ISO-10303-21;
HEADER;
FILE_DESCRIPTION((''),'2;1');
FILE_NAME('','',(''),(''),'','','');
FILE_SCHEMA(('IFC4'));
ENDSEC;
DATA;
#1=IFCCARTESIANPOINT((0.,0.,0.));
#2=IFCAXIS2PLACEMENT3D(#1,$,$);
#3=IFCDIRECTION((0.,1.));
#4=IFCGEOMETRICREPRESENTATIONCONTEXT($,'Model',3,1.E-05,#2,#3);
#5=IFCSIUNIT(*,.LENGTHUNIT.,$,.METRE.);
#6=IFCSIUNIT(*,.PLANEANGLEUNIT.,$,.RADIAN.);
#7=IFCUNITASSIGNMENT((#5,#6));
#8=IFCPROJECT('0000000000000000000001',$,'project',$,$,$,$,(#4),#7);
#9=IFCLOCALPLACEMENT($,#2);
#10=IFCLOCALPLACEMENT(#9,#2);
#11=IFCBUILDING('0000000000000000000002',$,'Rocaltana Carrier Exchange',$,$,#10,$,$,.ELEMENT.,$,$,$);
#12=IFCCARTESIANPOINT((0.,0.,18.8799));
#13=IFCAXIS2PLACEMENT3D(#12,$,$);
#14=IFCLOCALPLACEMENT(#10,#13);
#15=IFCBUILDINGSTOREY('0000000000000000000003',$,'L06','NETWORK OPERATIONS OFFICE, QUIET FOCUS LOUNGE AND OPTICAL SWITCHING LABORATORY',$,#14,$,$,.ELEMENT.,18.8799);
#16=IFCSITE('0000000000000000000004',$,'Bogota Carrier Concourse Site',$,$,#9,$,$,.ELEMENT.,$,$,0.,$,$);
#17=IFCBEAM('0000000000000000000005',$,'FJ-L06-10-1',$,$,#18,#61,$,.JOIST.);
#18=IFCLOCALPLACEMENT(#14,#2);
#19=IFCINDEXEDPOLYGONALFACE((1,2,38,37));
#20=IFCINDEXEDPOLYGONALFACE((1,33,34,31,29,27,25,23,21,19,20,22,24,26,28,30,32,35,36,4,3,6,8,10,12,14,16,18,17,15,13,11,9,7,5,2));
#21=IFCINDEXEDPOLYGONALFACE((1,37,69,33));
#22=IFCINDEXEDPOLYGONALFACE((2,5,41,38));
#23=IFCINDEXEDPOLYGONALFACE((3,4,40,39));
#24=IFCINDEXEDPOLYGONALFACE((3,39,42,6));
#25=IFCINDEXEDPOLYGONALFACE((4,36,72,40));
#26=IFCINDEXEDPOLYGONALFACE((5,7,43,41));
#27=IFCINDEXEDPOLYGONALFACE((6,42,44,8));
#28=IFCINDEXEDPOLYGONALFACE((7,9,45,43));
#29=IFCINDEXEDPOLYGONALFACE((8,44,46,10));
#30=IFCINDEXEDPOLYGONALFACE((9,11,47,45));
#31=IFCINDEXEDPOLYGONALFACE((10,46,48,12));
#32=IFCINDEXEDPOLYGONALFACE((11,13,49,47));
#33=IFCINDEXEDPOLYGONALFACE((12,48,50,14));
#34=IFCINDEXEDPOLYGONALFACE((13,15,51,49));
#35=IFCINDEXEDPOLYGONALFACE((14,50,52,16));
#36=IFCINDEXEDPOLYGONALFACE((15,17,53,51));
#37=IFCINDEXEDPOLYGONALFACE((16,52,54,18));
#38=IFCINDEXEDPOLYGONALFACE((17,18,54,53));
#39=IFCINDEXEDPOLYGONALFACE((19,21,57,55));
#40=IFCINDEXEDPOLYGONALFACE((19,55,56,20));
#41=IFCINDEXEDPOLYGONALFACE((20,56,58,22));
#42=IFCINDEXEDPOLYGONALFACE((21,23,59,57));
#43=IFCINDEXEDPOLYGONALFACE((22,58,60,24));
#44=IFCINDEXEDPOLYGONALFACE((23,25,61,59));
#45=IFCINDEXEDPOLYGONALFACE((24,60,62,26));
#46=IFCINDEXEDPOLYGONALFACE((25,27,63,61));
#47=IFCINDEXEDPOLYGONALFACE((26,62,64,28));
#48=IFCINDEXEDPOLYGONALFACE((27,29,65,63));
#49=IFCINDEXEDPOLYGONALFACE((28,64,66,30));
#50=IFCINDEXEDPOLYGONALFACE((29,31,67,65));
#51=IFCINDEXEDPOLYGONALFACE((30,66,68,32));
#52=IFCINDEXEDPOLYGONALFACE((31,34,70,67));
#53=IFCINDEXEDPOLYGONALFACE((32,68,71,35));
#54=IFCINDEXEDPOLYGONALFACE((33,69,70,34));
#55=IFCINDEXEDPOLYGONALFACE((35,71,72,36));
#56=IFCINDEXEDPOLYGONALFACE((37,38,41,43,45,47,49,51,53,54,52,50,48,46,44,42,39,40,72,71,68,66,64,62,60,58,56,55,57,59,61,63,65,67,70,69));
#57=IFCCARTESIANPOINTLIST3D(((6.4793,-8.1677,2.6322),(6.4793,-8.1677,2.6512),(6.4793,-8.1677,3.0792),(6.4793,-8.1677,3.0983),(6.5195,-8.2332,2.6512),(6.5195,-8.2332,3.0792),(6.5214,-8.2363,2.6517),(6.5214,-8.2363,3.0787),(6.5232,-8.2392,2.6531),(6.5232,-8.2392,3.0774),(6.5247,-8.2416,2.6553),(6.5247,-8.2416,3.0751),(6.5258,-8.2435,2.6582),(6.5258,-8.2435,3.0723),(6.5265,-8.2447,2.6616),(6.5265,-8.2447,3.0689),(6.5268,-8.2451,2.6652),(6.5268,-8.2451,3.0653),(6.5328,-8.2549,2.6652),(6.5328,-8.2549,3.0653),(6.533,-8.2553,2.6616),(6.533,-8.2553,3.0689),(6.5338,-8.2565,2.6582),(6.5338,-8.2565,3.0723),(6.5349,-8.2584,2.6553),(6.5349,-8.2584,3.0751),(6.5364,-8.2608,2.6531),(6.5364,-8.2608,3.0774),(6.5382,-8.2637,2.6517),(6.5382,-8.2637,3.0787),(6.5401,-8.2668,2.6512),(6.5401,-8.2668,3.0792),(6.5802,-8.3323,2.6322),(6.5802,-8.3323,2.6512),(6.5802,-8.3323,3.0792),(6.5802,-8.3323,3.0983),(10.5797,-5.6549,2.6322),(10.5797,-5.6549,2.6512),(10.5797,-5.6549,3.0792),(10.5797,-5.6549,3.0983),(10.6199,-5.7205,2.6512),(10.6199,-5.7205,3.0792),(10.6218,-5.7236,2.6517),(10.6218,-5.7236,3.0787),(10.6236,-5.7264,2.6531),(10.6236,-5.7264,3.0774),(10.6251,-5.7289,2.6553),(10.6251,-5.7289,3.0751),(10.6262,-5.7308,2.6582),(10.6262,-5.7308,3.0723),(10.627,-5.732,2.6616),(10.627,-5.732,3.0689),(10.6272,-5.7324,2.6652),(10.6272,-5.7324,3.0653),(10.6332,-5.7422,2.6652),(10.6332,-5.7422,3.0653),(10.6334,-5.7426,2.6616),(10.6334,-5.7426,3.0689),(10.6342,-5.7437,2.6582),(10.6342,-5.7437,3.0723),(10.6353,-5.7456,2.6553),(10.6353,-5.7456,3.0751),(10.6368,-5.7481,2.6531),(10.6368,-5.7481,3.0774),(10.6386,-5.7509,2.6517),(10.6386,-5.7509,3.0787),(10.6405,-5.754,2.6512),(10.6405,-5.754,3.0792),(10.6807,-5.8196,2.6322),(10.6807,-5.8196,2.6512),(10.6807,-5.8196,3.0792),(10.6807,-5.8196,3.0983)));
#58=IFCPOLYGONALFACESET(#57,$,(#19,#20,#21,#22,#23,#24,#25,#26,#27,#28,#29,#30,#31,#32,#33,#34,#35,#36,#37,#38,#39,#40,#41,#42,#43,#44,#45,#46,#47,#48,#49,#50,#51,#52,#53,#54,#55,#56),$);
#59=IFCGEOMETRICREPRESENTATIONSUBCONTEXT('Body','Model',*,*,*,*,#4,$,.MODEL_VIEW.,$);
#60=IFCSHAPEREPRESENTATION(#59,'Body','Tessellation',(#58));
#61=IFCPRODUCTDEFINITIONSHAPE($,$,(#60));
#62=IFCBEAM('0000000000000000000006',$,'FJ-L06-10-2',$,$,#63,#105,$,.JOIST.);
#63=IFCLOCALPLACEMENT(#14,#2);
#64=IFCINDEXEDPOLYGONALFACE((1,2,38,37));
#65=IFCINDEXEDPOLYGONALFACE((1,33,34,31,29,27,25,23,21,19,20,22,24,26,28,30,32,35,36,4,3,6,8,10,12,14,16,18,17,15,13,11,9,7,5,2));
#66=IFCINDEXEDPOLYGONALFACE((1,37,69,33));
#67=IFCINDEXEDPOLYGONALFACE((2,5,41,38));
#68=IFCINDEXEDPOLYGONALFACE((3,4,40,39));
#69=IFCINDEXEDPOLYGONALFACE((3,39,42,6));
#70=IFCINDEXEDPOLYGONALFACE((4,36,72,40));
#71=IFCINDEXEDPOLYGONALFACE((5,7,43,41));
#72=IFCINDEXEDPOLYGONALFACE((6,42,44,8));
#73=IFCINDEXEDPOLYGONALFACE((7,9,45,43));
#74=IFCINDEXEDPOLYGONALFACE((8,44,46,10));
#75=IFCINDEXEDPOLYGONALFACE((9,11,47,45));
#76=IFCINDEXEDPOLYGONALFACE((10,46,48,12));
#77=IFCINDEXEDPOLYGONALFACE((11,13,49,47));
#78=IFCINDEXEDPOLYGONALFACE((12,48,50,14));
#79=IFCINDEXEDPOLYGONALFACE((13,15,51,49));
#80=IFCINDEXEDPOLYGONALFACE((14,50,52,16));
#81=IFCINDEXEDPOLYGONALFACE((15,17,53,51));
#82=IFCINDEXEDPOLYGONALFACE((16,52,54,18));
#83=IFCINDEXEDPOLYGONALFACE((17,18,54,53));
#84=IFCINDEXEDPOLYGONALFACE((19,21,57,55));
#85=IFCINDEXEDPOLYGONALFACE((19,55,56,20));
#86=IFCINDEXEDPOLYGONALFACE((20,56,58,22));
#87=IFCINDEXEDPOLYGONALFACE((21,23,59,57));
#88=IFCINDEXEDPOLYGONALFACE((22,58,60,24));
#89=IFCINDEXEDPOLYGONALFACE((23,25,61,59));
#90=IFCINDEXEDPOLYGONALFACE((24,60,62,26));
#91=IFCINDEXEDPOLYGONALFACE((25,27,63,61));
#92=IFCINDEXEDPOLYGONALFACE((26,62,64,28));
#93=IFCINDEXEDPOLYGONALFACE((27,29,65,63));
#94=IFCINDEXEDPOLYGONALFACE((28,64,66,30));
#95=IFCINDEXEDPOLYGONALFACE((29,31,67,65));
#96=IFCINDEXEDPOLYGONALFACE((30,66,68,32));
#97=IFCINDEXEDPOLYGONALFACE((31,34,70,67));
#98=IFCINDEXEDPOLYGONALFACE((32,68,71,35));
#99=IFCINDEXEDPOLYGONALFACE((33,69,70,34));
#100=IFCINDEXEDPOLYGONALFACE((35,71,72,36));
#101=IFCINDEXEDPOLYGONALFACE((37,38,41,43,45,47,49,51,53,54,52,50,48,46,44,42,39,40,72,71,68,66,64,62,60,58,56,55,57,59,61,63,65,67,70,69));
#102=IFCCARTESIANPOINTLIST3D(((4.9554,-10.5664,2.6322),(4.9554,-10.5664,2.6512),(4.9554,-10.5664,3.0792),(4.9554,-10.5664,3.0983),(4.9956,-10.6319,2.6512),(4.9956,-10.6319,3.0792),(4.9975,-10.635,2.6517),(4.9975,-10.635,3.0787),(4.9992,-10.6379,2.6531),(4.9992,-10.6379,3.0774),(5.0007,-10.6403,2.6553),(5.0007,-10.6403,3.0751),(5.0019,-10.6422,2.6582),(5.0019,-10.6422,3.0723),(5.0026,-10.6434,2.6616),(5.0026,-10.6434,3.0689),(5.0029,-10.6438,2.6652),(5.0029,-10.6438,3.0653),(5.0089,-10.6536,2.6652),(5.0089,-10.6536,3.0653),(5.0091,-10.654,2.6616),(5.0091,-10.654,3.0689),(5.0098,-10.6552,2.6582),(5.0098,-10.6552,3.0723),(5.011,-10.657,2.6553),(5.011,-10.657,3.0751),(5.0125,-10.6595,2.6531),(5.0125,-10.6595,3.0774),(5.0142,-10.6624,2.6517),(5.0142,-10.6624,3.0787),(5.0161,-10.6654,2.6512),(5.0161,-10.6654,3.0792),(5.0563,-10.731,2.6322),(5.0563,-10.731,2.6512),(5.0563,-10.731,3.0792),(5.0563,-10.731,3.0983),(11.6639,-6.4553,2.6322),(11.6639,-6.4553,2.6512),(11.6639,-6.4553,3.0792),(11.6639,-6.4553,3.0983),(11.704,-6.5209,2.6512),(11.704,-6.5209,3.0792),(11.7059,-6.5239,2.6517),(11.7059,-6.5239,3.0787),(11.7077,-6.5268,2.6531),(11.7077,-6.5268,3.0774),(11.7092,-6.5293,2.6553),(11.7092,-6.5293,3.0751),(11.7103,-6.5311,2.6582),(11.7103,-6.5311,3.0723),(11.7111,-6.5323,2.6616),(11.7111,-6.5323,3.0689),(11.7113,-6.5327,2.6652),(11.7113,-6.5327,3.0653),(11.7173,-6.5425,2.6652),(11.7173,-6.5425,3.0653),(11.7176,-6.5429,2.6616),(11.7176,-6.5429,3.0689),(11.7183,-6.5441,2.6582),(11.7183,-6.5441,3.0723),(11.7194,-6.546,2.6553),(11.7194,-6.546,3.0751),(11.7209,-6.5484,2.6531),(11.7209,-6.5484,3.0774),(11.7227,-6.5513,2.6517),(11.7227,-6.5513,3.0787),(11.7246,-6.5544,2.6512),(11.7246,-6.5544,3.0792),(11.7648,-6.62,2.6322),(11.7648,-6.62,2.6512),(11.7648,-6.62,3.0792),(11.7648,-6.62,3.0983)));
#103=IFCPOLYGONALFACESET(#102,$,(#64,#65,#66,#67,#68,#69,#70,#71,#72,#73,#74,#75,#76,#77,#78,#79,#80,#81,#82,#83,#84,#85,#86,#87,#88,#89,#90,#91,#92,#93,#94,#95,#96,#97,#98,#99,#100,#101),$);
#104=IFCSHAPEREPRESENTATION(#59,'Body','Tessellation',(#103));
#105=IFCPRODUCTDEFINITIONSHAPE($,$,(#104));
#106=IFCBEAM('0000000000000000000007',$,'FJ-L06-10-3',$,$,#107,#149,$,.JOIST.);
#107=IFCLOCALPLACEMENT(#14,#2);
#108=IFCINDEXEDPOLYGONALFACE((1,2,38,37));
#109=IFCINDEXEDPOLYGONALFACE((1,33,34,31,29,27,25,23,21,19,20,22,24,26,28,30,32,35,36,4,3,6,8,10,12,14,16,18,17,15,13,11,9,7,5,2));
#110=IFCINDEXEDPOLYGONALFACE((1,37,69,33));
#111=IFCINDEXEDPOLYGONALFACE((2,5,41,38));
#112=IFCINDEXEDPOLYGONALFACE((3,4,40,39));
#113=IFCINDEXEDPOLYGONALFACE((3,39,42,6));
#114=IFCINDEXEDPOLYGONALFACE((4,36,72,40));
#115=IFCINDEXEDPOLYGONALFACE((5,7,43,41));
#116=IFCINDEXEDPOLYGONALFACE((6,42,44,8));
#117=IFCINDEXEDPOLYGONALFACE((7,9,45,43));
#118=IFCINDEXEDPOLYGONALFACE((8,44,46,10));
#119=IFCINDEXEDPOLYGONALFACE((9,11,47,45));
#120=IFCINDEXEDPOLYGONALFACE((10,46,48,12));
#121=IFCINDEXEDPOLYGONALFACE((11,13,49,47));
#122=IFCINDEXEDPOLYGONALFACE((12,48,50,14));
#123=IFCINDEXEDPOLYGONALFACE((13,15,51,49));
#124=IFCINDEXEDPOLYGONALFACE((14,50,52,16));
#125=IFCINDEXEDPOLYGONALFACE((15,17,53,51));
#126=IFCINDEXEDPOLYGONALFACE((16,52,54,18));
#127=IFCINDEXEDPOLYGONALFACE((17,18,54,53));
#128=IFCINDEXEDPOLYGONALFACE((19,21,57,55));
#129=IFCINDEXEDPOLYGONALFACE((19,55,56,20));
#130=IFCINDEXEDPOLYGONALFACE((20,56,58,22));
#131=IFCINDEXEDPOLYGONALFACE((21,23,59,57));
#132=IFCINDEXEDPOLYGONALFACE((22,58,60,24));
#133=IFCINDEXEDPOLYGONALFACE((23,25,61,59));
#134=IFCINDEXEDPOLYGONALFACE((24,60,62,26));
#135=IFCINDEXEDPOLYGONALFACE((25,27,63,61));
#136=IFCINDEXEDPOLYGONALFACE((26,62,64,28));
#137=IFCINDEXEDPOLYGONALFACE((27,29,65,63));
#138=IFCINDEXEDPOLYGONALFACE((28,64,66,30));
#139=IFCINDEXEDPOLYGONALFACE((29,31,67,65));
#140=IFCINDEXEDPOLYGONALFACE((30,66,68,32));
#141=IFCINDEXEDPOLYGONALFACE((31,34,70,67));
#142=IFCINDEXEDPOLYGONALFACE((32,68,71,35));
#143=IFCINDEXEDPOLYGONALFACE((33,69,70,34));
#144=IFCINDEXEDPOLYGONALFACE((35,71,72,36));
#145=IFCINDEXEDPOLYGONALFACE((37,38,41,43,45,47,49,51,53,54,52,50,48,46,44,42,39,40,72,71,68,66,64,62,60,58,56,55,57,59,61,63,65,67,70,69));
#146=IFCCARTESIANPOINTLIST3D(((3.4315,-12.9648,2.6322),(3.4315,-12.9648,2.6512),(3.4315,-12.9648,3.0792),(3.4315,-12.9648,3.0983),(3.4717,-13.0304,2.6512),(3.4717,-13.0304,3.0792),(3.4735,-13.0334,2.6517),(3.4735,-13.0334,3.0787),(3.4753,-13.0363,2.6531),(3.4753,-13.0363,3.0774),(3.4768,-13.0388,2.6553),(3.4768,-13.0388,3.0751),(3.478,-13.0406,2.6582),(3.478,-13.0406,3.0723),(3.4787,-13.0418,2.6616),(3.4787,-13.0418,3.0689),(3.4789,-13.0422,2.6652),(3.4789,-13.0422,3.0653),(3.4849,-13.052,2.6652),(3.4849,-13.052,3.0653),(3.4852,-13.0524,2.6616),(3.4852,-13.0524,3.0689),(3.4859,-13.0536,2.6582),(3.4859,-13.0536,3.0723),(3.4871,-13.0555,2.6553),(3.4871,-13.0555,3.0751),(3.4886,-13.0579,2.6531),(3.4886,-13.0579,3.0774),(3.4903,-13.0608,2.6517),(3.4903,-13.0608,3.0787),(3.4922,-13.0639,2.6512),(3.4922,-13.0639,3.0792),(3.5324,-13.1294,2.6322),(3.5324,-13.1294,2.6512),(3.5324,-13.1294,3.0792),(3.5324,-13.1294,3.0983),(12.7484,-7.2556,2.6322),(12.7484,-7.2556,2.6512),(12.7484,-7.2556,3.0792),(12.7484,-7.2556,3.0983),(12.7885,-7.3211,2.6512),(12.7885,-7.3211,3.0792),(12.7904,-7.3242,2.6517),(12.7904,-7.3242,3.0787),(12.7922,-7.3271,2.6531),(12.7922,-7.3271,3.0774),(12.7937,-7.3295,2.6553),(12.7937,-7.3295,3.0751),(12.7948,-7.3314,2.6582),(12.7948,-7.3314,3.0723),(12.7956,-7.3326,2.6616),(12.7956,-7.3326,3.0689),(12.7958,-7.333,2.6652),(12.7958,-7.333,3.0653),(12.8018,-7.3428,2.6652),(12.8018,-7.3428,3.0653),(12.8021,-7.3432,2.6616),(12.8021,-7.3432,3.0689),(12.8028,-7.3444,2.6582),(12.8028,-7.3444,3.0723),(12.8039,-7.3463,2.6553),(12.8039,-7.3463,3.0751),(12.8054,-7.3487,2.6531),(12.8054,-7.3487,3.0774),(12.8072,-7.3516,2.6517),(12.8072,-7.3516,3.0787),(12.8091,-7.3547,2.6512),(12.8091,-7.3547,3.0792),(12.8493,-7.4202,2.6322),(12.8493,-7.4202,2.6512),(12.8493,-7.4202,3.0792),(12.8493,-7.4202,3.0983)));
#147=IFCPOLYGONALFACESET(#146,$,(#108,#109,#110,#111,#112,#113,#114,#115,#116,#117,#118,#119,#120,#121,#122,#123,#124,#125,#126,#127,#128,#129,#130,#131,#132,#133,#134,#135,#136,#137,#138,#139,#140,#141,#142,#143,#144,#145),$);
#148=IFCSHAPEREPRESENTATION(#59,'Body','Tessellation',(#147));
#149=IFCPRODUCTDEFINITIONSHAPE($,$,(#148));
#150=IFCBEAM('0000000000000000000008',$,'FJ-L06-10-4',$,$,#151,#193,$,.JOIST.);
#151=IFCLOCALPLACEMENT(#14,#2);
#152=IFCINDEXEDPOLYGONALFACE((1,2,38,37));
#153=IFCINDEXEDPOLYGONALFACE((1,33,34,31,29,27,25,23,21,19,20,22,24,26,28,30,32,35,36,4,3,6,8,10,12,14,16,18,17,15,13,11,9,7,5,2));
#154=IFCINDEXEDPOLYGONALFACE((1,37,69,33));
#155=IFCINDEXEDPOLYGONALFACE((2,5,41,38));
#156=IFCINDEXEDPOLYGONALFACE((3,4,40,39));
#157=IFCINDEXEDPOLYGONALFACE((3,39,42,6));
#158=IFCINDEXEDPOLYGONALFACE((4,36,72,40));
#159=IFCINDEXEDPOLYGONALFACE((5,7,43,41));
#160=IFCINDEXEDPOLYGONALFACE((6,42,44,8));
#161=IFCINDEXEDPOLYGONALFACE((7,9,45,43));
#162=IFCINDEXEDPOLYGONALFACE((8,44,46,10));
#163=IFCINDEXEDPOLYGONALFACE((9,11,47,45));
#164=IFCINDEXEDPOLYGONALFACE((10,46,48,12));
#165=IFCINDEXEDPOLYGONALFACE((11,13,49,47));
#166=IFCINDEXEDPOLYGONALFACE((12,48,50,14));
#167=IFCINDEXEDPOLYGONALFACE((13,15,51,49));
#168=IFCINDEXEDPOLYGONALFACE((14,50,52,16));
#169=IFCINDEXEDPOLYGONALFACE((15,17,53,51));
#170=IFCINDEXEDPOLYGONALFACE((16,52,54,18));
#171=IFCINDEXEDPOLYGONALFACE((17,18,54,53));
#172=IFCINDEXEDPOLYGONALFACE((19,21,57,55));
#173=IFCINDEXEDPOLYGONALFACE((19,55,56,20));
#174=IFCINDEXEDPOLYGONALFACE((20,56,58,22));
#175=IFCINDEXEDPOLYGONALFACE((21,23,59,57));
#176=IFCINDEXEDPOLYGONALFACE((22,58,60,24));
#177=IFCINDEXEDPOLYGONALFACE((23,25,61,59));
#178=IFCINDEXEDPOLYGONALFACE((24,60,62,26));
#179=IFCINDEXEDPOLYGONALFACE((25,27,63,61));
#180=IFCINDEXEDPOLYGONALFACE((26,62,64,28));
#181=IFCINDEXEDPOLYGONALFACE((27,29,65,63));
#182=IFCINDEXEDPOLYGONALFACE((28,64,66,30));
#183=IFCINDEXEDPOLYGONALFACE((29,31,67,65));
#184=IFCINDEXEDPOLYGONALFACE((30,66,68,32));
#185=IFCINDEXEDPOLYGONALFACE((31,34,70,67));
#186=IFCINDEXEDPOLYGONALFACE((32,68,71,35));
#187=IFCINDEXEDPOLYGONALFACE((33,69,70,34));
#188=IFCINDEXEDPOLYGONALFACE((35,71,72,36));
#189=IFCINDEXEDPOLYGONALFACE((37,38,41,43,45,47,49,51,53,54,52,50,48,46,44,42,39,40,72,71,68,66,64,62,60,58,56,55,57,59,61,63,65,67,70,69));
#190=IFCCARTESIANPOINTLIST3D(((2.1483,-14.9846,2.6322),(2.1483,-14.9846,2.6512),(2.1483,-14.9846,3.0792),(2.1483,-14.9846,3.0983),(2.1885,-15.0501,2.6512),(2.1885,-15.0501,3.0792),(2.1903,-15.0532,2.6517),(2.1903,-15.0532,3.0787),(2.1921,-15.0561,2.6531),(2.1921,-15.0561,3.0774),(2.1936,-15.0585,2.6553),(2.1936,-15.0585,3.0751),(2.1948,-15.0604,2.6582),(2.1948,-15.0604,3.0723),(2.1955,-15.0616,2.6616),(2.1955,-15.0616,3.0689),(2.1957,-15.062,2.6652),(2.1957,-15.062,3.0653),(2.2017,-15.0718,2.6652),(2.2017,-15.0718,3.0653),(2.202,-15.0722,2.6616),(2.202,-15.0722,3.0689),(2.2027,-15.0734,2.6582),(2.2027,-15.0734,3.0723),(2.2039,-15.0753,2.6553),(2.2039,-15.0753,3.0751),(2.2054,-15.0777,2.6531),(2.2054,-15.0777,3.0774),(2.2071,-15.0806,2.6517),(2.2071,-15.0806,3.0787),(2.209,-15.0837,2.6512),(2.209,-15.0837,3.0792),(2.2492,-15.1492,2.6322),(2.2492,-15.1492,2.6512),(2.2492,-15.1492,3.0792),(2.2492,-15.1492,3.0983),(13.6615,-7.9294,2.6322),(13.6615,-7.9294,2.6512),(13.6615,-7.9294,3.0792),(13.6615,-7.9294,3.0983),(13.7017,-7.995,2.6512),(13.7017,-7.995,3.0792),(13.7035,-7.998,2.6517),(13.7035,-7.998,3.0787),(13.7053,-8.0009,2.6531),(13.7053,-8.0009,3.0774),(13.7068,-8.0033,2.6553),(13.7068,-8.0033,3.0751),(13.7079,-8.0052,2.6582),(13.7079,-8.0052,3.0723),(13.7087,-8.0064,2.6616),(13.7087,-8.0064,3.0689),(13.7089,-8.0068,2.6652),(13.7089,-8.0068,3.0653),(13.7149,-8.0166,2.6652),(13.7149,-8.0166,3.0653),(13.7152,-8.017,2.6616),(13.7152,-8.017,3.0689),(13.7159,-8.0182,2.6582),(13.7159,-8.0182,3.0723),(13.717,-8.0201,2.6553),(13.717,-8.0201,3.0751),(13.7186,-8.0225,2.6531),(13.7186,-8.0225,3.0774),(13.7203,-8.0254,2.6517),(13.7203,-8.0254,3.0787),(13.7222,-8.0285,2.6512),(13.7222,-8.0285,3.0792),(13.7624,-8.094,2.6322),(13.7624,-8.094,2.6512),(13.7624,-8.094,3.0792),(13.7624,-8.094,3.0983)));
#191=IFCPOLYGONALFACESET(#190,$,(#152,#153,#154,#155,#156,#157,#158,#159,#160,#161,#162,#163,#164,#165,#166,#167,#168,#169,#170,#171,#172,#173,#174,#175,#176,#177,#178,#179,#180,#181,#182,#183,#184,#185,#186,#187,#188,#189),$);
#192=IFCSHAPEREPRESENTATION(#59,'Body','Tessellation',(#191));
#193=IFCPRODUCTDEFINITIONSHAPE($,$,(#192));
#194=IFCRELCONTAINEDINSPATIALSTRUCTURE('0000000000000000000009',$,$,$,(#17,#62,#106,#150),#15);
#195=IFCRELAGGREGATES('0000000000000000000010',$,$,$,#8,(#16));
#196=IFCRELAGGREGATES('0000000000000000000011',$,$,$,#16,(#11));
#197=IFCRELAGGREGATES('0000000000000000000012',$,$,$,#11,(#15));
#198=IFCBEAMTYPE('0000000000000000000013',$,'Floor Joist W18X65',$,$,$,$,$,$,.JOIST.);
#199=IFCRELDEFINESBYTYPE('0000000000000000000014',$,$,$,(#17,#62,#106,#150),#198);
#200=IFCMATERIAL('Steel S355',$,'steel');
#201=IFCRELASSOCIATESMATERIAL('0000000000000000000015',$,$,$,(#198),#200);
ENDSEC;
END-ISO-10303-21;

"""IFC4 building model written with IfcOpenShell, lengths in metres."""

from ifc_helpers import new_model, si_unit, direction, frame, origin, origin_2d, place, context, subcontext, project, spatial, i_section, extrude, material, material_profile, profile_set, type_object, element, save


model = new_model("IFC4")

# Units and contexts
model_context = context("Model", 3, precision=1e-05, world=origin(), true_north=direction((0.0, 1.0)))
body_context = subcontext(model_context, "Body", "Model", "MODEL_VIEW")
ifc_project = project(units=[si_unit("LENGTHUNIT", "METRE"), si_unit("PLANEANGLEUNIT", "RADIAN")], contexts=[model_context])

# Site, building, storey
site_placement = place(None, origin())
site = spatial("IfcSite", under=ifc_project, at=site_placement, Name="Bogota Carrier Concourse Site", CompositionType="ELEMENT", RefElevation=0.0)
building_placement = place(site_placement, origin())
building = spatial("IfcBuilding", under=site, at=building_placement, Name="Rocaltana Carrier Exchange", CompositionType="ELEMENT")
storey_placement = place(building_placement, frame((0.0, 0.0, 18.8799)))
storey = spatial("IfcBuildingStorey", under=building, at=storey_placement, Name="L06", Description="NETWORK OPERATIONS OFFICE, QUIET FOCUS LOUNGE AND OPTICAL SWITCHING LABORATORY", CompositionType="ELEMENT", Elevation=18.8799)

# Beams
ifc_material_1 = material(Name="Steel S355", Category="steel")
ifc_material_profile_1 = material_profile(ifc_material_1, i_section(OverallWidth=0.1931, OverallDepth=0.4661, WebThickness=0.0115, FlangeThickness=0.019, FilletRadius=0.0139, at=origin_2d()), Name="W18X65")
ifc_profile_set_1 = profile_set([ifc_material_profile_1], Name="Steel S355")
beam_type_1 = type_object("IfcBeamType", Name="Floor Joist W18X65", PredefinedType="JOIST", material=ifc_profile_set_1)
beam_1_placement = place(storey_placement, frame((6.5298, -8.25, 2.8652), z_axis=(0.85264, 0.522499, 0.0), x_axis=(-0.522499, 0.85264, 0.0)))
element("IfcBeam", 1, at=beam_1_placement, inside=storey, type_object=beam_type_1, Name="FJ-L06-10-1", PredefinedType="JOIST", context=body_context, shape_type="SweptSolid", body=[
    extrude(i_section(OverallWidth=0.1931, OverallDepth=0.4661, WebThickness=0.0115, FlangeThickness=0.019, FilletRadius=0.0139, at=origin_2d()), origin(), (0.0, 0.0, 1.0), 4.8091),
])
beam_2_placement = place(storey_placement, frame((5.0059, -10.6487, 2.8652), z_axis=(0.852634, 0.522509, 0.0), x_axis=(-0.522509, 0.852634, 0.0)))
element("IfcBeam", 2, at=beam_2_placement, inside=storey, type_object=beam_type_1, Name="FJ-L06-10-2", PredefinedType="JOIST", context=body_context, shape_type="SweptSolid", body=[
    extrude(i_section(OverallWidth=0.1931, OverallDepth=0.4661, WebThickness=0.0115, FlangeThickness=0.019, FilletRadius=0.0139, at=origin_2d()), origin(), (0.0, 0.0, 1.0), 7.8679),
])
beam_3_placement = place(storey_placement, frame((3.4819, -13.0471, 2.8652), z_axis=(0.852647, 0.522487, 0.0), x_axis=(-0.522487, 0.852647, 0.0)))
element("IfcBeam", 3, at=beam_3_placement, inside=storey, type_object=beam_type_1, Name="FJ-L06-10-3", PredefinedType="JOIST", context=body_context, shape_type="SweptSolid", body=[
    extrude(i_section(OverallWidth=0.1931, OverallDepth=0.4661, WebThickness=0.0115, FlangeThickness=0.019, FilletRadius=0.0139, at=origin_2d()), origin(), (0.0, 0.0, 1.0), 10.927),
])
beam_4_placement = place(storey_placement, frame((2.1987, -15.0669, 2.8652), z_axis=(0.852644, 0.522493, 0.0), x_axis=(-0.522493, 0.852644, 0.0)))
element("IfcBeam", 4, at=beam_4_placement, inside=storey, type_object=beam_type_1, Name="FJ-L06-10-4", PredefinedType="JOIST", context=body_context, shape_type="SweptSolid", body=[
    extrude(i_section(OverallWidth=0.1931, OverallDepth=0.4661, WebThickness=0.0115, FlangeThickness=0.019, FilletRadius=0.0139, at=origin_2d()), origin(), (0.0, 0.0, 1.0), 13.5029),
])

save(model, "model.ifc")
